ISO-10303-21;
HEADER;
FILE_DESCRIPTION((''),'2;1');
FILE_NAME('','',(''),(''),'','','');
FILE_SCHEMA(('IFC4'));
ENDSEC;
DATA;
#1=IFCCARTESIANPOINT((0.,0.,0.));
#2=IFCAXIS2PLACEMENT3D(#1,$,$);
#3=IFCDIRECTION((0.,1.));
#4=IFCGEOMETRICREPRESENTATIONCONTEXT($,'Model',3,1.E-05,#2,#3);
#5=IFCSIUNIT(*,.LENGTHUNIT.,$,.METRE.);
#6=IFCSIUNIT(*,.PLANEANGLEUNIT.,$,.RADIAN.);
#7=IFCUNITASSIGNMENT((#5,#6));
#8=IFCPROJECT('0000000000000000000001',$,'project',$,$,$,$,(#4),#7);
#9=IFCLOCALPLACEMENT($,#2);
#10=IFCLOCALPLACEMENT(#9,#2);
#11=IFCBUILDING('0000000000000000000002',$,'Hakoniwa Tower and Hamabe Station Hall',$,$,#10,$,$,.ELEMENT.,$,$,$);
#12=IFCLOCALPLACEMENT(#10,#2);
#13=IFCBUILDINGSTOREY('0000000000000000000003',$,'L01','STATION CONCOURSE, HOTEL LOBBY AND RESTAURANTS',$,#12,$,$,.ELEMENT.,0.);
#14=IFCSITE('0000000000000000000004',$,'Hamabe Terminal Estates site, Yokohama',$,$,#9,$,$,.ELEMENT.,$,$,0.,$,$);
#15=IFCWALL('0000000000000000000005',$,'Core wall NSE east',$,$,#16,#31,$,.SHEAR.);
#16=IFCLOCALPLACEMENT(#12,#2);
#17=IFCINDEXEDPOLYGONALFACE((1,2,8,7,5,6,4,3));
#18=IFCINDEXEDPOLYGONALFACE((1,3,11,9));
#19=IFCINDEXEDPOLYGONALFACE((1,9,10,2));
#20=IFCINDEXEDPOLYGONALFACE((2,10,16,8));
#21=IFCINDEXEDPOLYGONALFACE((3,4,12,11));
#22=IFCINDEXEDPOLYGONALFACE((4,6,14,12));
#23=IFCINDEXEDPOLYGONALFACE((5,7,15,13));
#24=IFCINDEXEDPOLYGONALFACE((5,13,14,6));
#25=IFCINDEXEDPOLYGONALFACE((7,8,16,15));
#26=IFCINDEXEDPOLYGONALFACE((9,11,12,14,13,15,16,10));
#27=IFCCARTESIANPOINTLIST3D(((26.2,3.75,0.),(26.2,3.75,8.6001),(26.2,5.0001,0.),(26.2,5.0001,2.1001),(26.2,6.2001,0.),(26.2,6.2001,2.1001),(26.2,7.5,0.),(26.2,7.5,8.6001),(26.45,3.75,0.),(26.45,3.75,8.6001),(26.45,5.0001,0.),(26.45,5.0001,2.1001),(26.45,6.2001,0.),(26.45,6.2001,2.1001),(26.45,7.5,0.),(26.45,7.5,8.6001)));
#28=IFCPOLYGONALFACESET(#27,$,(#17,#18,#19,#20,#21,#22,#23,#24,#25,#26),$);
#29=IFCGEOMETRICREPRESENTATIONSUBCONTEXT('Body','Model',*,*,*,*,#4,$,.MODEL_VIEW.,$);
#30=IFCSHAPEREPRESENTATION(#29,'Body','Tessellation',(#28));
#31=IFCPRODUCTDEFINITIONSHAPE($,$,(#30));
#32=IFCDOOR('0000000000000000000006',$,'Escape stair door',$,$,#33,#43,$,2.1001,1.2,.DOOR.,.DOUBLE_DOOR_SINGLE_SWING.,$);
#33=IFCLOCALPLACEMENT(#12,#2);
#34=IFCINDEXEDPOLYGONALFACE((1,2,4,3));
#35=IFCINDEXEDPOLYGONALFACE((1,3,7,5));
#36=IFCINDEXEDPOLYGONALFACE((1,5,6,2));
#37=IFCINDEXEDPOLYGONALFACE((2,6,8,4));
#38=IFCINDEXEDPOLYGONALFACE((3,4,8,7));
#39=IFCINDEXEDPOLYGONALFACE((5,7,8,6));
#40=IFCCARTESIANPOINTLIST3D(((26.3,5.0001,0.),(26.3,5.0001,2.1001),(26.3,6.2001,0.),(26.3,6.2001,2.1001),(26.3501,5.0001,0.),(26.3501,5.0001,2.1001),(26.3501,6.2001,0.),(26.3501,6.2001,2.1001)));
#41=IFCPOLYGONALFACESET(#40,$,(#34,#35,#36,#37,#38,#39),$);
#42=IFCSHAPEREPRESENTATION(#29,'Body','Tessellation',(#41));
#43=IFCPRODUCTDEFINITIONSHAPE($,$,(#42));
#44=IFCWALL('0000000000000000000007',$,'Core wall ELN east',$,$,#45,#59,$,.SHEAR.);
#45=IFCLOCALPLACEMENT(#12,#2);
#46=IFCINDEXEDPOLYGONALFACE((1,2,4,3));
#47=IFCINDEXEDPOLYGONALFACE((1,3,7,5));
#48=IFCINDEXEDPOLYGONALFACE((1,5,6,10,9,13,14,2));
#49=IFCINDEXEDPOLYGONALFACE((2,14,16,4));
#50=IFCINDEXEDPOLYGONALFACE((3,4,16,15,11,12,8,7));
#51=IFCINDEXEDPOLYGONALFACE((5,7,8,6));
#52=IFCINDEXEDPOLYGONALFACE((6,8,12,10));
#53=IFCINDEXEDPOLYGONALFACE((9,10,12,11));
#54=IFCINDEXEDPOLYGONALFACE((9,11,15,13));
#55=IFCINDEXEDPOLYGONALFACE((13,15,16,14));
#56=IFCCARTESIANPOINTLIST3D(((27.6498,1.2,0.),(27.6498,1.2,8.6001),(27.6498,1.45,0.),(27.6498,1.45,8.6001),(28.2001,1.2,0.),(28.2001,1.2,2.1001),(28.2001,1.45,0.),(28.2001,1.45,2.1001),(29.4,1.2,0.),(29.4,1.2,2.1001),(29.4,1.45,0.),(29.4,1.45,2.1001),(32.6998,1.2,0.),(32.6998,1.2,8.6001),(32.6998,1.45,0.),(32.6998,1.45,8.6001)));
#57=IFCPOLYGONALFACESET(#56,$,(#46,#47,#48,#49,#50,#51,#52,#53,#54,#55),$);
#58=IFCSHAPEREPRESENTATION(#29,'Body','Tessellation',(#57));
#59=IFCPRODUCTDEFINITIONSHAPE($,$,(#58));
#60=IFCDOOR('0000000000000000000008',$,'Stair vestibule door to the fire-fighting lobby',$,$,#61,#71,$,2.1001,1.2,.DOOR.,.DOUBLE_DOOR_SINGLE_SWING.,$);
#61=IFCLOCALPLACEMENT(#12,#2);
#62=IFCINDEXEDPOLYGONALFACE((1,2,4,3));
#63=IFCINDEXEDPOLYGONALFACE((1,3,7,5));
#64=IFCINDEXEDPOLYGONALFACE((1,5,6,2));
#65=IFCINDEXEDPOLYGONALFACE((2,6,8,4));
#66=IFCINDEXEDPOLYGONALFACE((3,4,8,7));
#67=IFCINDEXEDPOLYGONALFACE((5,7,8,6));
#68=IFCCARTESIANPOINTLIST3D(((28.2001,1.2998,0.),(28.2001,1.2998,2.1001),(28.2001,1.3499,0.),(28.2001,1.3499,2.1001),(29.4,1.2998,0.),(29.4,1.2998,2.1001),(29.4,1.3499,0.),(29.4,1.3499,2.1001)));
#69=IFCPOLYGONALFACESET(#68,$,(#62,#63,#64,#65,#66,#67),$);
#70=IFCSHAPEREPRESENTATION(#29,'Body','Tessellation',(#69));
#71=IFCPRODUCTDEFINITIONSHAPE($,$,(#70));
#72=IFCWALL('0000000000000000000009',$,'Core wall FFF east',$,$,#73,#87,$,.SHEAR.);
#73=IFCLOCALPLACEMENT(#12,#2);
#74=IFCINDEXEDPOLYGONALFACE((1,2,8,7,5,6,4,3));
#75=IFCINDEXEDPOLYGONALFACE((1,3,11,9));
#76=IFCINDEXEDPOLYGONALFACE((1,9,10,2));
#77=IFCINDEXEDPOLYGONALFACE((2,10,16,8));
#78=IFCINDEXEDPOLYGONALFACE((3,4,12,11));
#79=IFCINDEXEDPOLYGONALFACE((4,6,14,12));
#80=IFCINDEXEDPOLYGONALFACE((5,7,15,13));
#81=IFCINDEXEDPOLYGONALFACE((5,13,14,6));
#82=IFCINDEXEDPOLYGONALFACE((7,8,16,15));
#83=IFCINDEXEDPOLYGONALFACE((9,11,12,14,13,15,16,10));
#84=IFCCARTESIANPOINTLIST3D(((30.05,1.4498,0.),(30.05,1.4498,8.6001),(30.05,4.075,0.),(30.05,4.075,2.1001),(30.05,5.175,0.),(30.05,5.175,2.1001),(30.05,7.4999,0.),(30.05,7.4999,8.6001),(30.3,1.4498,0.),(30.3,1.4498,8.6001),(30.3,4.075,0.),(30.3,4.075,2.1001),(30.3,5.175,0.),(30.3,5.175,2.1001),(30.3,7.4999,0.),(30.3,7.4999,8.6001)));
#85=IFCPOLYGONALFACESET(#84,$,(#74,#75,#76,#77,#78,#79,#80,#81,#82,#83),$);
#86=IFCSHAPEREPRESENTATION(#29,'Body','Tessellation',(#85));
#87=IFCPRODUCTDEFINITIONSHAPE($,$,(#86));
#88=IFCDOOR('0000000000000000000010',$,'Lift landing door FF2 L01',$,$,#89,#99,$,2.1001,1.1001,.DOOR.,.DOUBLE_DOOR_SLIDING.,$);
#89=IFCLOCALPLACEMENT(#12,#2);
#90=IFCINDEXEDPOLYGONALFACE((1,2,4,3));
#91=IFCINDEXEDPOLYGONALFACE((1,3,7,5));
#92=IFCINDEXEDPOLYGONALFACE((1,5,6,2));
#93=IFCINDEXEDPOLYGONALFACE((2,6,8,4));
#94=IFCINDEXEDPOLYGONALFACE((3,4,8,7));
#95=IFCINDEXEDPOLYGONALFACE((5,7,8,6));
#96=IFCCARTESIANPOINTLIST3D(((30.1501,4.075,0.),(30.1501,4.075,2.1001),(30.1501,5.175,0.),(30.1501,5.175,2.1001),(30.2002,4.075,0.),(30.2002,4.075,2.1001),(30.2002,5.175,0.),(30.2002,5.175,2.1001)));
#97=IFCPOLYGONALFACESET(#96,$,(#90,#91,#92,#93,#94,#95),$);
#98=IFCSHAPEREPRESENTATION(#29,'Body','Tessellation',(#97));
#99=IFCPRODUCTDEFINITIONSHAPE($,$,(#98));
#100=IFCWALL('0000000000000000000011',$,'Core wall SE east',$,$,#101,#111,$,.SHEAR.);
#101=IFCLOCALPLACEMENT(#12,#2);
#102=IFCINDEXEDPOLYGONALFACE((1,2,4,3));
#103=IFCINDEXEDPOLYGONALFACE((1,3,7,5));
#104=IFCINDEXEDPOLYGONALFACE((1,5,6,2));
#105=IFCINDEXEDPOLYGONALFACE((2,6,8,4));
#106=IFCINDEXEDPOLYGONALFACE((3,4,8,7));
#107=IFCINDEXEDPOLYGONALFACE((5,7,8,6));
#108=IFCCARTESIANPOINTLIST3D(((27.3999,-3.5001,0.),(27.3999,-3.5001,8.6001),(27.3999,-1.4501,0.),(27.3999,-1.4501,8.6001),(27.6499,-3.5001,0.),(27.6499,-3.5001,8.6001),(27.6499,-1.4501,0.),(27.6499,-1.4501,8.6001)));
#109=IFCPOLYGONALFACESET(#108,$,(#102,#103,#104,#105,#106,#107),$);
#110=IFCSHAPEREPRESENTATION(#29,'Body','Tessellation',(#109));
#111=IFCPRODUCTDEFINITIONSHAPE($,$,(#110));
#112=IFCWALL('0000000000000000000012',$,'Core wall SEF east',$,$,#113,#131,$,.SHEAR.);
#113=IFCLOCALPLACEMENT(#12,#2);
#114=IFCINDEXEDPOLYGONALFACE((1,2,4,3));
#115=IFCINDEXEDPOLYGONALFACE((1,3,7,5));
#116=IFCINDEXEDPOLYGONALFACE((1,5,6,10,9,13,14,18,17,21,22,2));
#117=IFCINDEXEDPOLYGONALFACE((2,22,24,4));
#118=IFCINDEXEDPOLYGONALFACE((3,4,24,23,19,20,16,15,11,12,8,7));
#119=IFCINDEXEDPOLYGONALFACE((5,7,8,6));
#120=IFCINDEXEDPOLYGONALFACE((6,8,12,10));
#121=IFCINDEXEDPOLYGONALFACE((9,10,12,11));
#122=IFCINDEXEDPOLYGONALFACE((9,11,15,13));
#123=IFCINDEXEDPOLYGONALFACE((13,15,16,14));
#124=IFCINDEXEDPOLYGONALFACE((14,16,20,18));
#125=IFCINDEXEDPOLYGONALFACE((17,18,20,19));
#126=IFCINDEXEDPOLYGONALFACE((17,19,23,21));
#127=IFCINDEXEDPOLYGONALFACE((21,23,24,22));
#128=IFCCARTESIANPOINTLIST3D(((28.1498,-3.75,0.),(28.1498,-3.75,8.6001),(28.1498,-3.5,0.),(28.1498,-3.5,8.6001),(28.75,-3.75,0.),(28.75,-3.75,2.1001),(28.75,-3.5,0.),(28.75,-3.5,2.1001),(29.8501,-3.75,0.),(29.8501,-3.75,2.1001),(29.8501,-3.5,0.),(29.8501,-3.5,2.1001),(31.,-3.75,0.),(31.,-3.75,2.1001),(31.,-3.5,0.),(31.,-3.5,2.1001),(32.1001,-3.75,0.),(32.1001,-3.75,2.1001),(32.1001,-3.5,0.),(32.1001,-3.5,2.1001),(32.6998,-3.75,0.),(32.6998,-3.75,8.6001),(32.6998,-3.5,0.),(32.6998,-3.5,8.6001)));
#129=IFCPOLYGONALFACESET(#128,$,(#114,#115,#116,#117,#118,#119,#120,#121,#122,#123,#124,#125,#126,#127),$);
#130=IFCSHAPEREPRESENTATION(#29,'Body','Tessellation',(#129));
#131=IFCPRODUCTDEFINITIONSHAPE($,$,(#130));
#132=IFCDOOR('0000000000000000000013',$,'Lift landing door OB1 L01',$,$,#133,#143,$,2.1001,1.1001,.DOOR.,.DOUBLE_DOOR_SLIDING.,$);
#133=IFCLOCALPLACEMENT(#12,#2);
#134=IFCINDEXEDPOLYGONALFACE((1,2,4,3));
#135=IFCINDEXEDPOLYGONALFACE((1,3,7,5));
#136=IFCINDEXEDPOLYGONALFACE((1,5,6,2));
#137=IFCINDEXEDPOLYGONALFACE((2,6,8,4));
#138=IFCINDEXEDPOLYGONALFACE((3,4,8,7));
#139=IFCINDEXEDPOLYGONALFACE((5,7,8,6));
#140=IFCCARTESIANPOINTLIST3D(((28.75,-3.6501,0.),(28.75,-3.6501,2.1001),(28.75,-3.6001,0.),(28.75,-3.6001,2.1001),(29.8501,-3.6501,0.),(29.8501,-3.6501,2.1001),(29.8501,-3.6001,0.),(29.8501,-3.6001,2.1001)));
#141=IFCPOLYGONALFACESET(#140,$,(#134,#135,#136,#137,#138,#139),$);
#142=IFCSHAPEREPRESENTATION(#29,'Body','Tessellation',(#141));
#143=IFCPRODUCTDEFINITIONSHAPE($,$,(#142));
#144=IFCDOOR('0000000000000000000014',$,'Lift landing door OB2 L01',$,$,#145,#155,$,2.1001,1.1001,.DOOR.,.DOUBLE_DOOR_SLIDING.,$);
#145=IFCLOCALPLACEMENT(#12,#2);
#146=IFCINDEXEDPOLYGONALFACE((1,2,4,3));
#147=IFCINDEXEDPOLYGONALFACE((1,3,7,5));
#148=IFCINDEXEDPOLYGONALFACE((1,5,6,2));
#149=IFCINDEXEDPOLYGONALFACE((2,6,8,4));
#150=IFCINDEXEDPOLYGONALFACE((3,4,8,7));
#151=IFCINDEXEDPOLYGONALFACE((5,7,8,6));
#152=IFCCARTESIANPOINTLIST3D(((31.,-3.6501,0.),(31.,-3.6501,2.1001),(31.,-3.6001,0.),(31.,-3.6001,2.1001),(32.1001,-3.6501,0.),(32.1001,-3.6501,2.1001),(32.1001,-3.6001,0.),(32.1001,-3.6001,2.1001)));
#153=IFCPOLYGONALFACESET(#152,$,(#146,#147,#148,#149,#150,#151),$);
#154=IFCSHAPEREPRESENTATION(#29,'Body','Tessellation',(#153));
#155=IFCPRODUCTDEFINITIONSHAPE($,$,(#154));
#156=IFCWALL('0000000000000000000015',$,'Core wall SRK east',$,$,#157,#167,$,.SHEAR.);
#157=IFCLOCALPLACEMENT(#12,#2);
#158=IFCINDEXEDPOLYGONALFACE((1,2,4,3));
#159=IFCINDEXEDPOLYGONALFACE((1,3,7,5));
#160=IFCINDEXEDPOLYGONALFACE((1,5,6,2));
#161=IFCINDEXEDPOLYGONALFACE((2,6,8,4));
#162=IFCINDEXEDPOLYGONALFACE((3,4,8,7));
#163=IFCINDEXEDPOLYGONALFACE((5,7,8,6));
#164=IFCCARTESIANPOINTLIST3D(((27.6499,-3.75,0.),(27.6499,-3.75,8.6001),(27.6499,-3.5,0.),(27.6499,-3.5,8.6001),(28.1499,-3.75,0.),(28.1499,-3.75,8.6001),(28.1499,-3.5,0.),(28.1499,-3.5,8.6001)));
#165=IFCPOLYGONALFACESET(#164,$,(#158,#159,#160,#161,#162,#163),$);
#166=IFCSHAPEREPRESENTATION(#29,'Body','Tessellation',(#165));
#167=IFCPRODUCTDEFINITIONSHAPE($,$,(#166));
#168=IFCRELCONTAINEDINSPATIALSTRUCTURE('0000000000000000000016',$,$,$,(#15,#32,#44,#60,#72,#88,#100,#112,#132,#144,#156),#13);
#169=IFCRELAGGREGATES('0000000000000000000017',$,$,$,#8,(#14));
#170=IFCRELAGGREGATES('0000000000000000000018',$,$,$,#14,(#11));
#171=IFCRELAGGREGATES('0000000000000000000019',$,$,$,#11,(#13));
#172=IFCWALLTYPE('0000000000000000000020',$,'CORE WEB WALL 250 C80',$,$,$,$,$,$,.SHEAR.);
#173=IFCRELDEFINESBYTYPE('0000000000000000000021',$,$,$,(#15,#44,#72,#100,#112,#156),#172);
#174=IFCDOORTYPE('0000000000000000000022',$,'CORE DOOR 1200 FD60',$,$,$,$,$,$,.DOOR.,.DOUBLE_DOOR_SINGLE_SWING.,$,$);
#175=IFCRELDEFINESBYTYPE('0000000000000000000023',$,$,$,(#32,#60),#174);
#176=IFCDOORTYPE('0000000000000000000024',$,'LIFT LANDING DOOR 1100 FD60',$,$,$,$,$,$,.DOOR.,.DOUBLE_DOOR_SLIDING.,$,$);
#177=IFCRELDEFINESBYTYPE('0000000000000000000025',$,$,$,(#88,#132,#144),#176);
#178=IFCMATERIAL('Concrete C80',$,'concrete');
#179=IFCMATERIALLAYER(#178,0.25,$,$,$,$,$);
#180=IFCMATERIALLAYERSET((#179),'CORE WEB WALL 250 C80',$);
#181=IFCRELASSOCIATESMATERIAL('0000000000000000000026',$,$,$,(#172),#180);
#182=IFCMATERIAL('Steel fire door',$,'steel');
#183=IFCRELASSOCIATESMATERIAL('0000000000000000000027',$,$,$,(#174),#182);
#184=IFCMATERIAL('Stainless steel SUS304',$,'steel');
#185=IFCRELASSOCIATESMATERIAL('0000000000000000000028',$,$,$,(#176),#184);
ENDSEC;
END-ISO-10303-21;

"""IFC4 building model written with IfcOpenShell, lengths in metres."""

from ifc_helpers import new_model, si_unit, direction, frame, frame_2d, origin, place, context, subcontext, project, spatial, rectangle, extrude, material, layer, layer_set, type_object, element, fill, save


model = new_model("IFC4")

# Units and contexts
model_context = context("Model", 3, precision=1e-05, world=origin(), true_north=direction((0.0, 1.0)))
body_context = subcontext(model_context, "Body", "Model", "MODEL_VIEW")
ifc_project = project(units=[si_unit("LENGTHUNIT", "METRE"), si_unit("PLANEANGLEUNIT", "RADIAN")], contexts=[model_context])

# Site, building, storey
site_placement = place(None, origin())
site = spatial("IfcSite", under=ifc_project, at=site_placement, Name="Hamabe Terminal Estates site, Yokohama", CompositionType="ELEMENT", RefElevation=0.0)
building_placement = place(site_placement, origin())
building = spatial("IfcBuilding", under=site, at=building_placement, Name="Hakoniwa Tower and Hamabe Station Hall", CompositionType="ELEMENT")
storey_placement = place(building_placement, origin())
storey = spatial("IfcBuildingStorey", under=building, at=storey_placement, Name="L01", Description="STATION CONCOURSE, HOTEL LOBBY AND RESTAURANTS", CompositionType="ELEMENT", Elevation=0.0)

# Shared definitions
ifc_material_1 = material(Name="Concrete C80", Category="concrete")
ifc_layer_1 = layer(ifc_material_1, 0.25)
ifc_layer_set_1 = layer_set([ifc_layer_1], Name="CORE WEB WALL 250 C80")
wall_type_1 = type_object("IfcWallType", Name="CORE WEB WALL 250 C80", PredefinedType="SHEAR", material=ifc_layer_set_1)

# Walls, openings, doors
wall_1_placement = place(storey_placement, frame((26.325, 3.75, 0.0), z_axis=(0.0, 0.0, 1.0), x_axis=(0.0, 1.0, 0.0)))
wall_1 = element("IfcWall", 1, at=wall_1_placement, inside=storey, type_object=wall_type_1, Name="Core wall NSE east", PredefinedType="SHEAR", context=body_context, shape_type="SweptSolid", body=[
    extrude(rectangle(XDim=3.75, YDim=0.25, at=frame_2d((1.875, 0.0))), origin(), (0.0, 0.0, 1.0), 8.6001),
])
opening_1_placement = place(wall_1_placement, frame((1.25, 0.0, 0.0)))
opening_1 = element("IfcOpeningElement", 2, at=opening_1_placement, cuts=wall_1, PredefinedType="OPENING", context=body_context, shape_type="SweptSolid", body=[
    extrude(rectangle(XDim=1.2, YDim=2.1001, at=frame_2d((0.6001, 1.05))), frame((0.0, 0.135, 0.0), z_axis=(0.0, -1.0, 0.0), x_axis=(1.0, 0.0, 0.0)), (0.0, 0.0, 1.0), 0.27),
])
ifc_material_2 = material(Name="Steel fire door", Category="steel")
door_type_1 = type_object("IfcDoorType", Name="CORE DOOR 1200 FD60", OperationType="DOUBLE_DOOR_SINGLE_SWING", PredefinedType="DOOR", material=ifc_material_2)
door_1_placement = place(opening_1_placement, origin())
door_1 = element("IfcDoor", 3, at=door_1_placement, inside=storey, type_object=door_type_1, Name="Escape stair door", OperationType="DOUBLE_DOOR_SINGLE_SWING", OverallHeight=2.1001, OverallWidth=1.2, PredefinedType="DOOR", context=body_context, shape_type="SweptSolid", body=[
    extrude(rectangle(XDim=1.2, YDim=2.1001, at=frame_2d((0.6001, 1.05))), frame((0.0, 0.0249, 0.0), z_axis=(0.0, -1.0, 0.0), x_axis=(1.0, 0.0, 0.0)), (0.0, 0.0, 1.0), 0.05),
])
fill(opening_1, door_1)
wall_2_placement = place(storey_placement, frame((27.6499, 1.325, 0.0), z_axis=(0.0, 0.0, 1.0), x_axis=(1.0, 0.0, 0.0)))
wall_2 = element("IfcWall", 4, at=wall_2_placement, inside=storey, type_object=wall_type_1, Name="Core wall ELN east", PredefinedType="SHEAR", context=body_context, shape_type="SweptSolid", body=[
    extrude(rectangle(XDim=5.05, YDim=0.25, at=frame_2d((2.5249, 0.0))), origin(), (0.0, 0.0, 1.0), 8.6001),
])
opening_2_placement = place(wall_2_placement, frame((0.55, 0.0, 0.0)))
opening_2 = element("IfcOpeningElement", 5, at=opening_2_placement, cuts=wall_2, PredefinedType="OPENING", context=body_context, shape_type="SweptSolid", body=[
    extrude(rectangle(XDim=1.2, YDim=2.1001, at=frame_2d((0.6001, 1.05))), frame((0.0, 0.135, 0.0), z_axis=(0.0, -1.0, 0.0), x_axis=(1.0, 0.0, 0.0)), (0.0, 0.0, 1.0), 0.27),
])
door_2_placement = place(opening_2_placement, origin())
door_2 = element("IfcDoor", 6, at=door_2_placement, inside=storey, type_object=door_type_1, Name="Stair vestibule door to the fire-fighting lobby", OperationType="DOUBLE_DOOR_SINGLE_SWING", OverallHeight=2.1001, OverallWidth=1.2, PredefinedType="DOOR", context=body_context, shape_type="SweptSolid", body=[
    extrude(rectangle(XDim=1.2, YDim=2.1001, at=frame_2d((0.6001, 1.05))), frame((0.0, 0.0249, 0.0), z_axis=(0.0, -1.0, 0.0), x_axis=(1.0, 0.0, 0.0)), (0.0, 0.0, 1.0), 0.05),
])
fill(opening_2, door_2)
wall_3_placement = place(storey_placement, frame((30.175, 1.45, 0.0), z_axis=(0.0, 0.0, 1.0), x_axis=(0.0, 1.0, 0.0)))
wall_3 = element("IfcWall", 7, at=wall_3_placement, inside=storey, type_object=wall_type_1, Name="Core wall FFF east", PredefinedType="SHEAR", context=body_context, shape_type="SweptSolid", body=[
    extrude(rectangle(XDim=6.05, YDim=0.25, at=frame_2d((3.0249, 0.0))), origin(), (0.0, 0.0, 1.0), 8.6001),
])
opening_3_placement = place(wall_3_placement, frame((2.625, 0.0, 0.0)))
opening_3 = element("IfcOpeningElement", 8, at=opening_3_placement, cuts=wall_3, PredefinedType="OPENING", context=body_context, shape_type="SweptSolid", body=[
    extrude(rectangle(XDim=1.1001, YDim=2.1001, at=frame_2d((0.55, 1.05))), frame((0.0, 0.135, 0.0), z_axis=(0.0, -1.0, 0.0), x_axis=(1.0, 0.0, 0.0)), (0.0, 0.0, 1.0), 0.27),
])
ifc_material_3 = material(Name="Stainless steel SUS304", Category="steel")
door_type_2 = type_object("IfcDoorType", Name="LIFT LANDING DOOR 1100 FD60", OperationType="DOUBLE_DOOR_SLIDING", PredefinedType="DOOR", material=ifc_material_3)
door_3_placement = place(opening_3_placement, origin())
door_3 = element("IfcDoor", 9, at=door_3_placement, inside=storey, type_object=door_type_2, Name="Lift landing door FF2 L01", OperationType="DOUBLE_DOOR_SLIDING", OverallHeight=2.1001, OverallWidth=1.1001, PredefinedType="DOOR", context=body_context, shape_type="SweptSolid", body=[
    extrude(rectangle(XDim=1.1001, YDim=2.1001, at=frame_2d((0.55, 1.05))), frame((0.0, 0.0249, 0.0), z_axis=(0.0, -1.0, 0.0), x_axis=(1.0, 0.0, 0.0)), (0.0, 0.0, 1.0), 0.05),
])
fill(opening_3, door_3)

# Wall
wall_4_placement = place(storey_placement, frame((27.5249, -3.5, 0.0), z_axis=(0.0, 0.0, 1.0), x_axis=(0.0, 1.0, 0.0)))
element("IfcWall", 10, at=wall_4_placement, inside=storey, type_object=wall_type_1, Name="Core wall SE east", PredefinedType="SHEAR", context=body_context, shape_type="SweptSolid", body=[
    extrude(rectangle(XDim=2.05, YDim=0.25, at=frame_2d((1.0249, 0.0))), origin(), (0.0, 0.0, 1.0), 8.6001),
])

# Wall, openings, doors
wall_5_placement = place(storey_placement, frame((28.1499, -3.625, 0.0), z_axis=(0.0, 0.0, 1.0), x_axis=(1.0, 0.0, 0.0)))
wall_5 = element("IfcWall", 11, at=wall_5_placement, inside=storey, type_object=wall_type_1, Name="Core wall SEF east", PredefinedType="SHEAR", context=body_context, shape_type="SweptSolid", body=[
    extrude(rectangle(XDim=4.55, YDim=0.25, at=frame_2d((2.2749, 0.0))), origin(), (0.0, 0.0, 1.0), 8.6001),
])
opening_4_placement = place(wall_5_placement, frame((0.6001, 0.0, 0.0)))
opening_4 = element("IfcOpeningElement", 12, at=opening_4_placement, cuts=wall_5, PredefinedType="OPENING", context=body_context, shape_type="SweptSolid", body=[
    extrude(rectangle(XDim=1.1001, YDim=2.1001, at=frame_2d((0.55, 1.05))), frame((0.0, 0.135, 0.0), z_axis=(0.0, -1.0, 0.0), x_axis=(1.0, 0.0, 0.0)), (0.0, 0.0, 1.0), 0.27),
])
opening_5_placement = place(wall_5_placement, frame((2.8501, 0.0, 0.0)))
opening_5 = element("IfcOpeningElement", 13, at=opening_5_placement, cuts=wall_5, PredefinedType="OPENING", context=body_context, shape_type="SweptSolid", body=[
    extrude(rectangle(XDim=1.1001, YDim=2.1001, at=frame_2d((0.55, 1.05))), frame((0.0, 0.135, 0.0), z_axis=(0.0, -1.0, 0.0), x_axis=(1.0, 0.0, 0.0)), (0.0, 0.0, 1.0), 0.27),
])
door_4_placement = place(opening_4_placement, origin())
door_4 = element("IfcDoor", 14, at=door_4_placement, inside=storey, type_object=door_type_2, Name="Lift landing door OB1 L01", OperationType="DOUBLE_DOOR_SLIDING", OverallHeight=2.1001, OverallWidth=1.1001, PredefinedType="DOOR", context=body_context, shape_type="SweptSolid", body=[
    extrude(rectangle(XDim=1.1001, YDim=2.1001, at=frame_2d((0.55, 1.05))), frame((0.0, 0.0249, 0.0), z_axis=(0.0, -1.0, 0.0), x_axis=(1.0, 0.0, 0.0)), (0.0, 0.0, 1.0), 0.05),
])
fill(opening_4, door_4)
door_5_placement = place(opening_5_placement, origin())
door_5 = element("IfcDoor", 15, at=door_5_placement, inside=storey, type_object=door_type_2, Name="Lift landing door OB2 L01", OperationType="DOUBLE_DOOR_SLIDING", OverallHeight=2.1001, OverallWidth=1.1001, PredefinedType="DOOR", context=body_context, shape_type="SweptSolid", body=[
    extrude(rectangle(XDim=1.1001, YDim=2.1001, at=frame_2d((0.55, 1.05))), frame((0.0, 0.0249, 0.0), z_axis=(0.0, -1.0, 0.0), x_axis=(1.0, 0.0, 0.0)), (0.0, 0.0, 1.0), 0.05),
])
fill(opening_5, door_5)

# Wall
wall_6_placement = place(storey_placement, frame((27.6499, -3.625, 0.0), z_axis=(0.0, 0.0, 1.0), x_axis=(1.0, 0.0, 0.0)))
element("IfcWall", 16, at=wall_6_placement, inside=storey, type_object=wall_type_1, Name="Core wall SRK east", PredefinedType="SHEAR", context=body_context, shape_type="SweptSolid", body=[
    extrude(rectangle(XDim=0.5, YDim=0.25, at=frame_2d((0.25, 0.0))), origin(), (0.0, 0.0, 1.0), 8.6001),
])

save(model, "model.ifc")
